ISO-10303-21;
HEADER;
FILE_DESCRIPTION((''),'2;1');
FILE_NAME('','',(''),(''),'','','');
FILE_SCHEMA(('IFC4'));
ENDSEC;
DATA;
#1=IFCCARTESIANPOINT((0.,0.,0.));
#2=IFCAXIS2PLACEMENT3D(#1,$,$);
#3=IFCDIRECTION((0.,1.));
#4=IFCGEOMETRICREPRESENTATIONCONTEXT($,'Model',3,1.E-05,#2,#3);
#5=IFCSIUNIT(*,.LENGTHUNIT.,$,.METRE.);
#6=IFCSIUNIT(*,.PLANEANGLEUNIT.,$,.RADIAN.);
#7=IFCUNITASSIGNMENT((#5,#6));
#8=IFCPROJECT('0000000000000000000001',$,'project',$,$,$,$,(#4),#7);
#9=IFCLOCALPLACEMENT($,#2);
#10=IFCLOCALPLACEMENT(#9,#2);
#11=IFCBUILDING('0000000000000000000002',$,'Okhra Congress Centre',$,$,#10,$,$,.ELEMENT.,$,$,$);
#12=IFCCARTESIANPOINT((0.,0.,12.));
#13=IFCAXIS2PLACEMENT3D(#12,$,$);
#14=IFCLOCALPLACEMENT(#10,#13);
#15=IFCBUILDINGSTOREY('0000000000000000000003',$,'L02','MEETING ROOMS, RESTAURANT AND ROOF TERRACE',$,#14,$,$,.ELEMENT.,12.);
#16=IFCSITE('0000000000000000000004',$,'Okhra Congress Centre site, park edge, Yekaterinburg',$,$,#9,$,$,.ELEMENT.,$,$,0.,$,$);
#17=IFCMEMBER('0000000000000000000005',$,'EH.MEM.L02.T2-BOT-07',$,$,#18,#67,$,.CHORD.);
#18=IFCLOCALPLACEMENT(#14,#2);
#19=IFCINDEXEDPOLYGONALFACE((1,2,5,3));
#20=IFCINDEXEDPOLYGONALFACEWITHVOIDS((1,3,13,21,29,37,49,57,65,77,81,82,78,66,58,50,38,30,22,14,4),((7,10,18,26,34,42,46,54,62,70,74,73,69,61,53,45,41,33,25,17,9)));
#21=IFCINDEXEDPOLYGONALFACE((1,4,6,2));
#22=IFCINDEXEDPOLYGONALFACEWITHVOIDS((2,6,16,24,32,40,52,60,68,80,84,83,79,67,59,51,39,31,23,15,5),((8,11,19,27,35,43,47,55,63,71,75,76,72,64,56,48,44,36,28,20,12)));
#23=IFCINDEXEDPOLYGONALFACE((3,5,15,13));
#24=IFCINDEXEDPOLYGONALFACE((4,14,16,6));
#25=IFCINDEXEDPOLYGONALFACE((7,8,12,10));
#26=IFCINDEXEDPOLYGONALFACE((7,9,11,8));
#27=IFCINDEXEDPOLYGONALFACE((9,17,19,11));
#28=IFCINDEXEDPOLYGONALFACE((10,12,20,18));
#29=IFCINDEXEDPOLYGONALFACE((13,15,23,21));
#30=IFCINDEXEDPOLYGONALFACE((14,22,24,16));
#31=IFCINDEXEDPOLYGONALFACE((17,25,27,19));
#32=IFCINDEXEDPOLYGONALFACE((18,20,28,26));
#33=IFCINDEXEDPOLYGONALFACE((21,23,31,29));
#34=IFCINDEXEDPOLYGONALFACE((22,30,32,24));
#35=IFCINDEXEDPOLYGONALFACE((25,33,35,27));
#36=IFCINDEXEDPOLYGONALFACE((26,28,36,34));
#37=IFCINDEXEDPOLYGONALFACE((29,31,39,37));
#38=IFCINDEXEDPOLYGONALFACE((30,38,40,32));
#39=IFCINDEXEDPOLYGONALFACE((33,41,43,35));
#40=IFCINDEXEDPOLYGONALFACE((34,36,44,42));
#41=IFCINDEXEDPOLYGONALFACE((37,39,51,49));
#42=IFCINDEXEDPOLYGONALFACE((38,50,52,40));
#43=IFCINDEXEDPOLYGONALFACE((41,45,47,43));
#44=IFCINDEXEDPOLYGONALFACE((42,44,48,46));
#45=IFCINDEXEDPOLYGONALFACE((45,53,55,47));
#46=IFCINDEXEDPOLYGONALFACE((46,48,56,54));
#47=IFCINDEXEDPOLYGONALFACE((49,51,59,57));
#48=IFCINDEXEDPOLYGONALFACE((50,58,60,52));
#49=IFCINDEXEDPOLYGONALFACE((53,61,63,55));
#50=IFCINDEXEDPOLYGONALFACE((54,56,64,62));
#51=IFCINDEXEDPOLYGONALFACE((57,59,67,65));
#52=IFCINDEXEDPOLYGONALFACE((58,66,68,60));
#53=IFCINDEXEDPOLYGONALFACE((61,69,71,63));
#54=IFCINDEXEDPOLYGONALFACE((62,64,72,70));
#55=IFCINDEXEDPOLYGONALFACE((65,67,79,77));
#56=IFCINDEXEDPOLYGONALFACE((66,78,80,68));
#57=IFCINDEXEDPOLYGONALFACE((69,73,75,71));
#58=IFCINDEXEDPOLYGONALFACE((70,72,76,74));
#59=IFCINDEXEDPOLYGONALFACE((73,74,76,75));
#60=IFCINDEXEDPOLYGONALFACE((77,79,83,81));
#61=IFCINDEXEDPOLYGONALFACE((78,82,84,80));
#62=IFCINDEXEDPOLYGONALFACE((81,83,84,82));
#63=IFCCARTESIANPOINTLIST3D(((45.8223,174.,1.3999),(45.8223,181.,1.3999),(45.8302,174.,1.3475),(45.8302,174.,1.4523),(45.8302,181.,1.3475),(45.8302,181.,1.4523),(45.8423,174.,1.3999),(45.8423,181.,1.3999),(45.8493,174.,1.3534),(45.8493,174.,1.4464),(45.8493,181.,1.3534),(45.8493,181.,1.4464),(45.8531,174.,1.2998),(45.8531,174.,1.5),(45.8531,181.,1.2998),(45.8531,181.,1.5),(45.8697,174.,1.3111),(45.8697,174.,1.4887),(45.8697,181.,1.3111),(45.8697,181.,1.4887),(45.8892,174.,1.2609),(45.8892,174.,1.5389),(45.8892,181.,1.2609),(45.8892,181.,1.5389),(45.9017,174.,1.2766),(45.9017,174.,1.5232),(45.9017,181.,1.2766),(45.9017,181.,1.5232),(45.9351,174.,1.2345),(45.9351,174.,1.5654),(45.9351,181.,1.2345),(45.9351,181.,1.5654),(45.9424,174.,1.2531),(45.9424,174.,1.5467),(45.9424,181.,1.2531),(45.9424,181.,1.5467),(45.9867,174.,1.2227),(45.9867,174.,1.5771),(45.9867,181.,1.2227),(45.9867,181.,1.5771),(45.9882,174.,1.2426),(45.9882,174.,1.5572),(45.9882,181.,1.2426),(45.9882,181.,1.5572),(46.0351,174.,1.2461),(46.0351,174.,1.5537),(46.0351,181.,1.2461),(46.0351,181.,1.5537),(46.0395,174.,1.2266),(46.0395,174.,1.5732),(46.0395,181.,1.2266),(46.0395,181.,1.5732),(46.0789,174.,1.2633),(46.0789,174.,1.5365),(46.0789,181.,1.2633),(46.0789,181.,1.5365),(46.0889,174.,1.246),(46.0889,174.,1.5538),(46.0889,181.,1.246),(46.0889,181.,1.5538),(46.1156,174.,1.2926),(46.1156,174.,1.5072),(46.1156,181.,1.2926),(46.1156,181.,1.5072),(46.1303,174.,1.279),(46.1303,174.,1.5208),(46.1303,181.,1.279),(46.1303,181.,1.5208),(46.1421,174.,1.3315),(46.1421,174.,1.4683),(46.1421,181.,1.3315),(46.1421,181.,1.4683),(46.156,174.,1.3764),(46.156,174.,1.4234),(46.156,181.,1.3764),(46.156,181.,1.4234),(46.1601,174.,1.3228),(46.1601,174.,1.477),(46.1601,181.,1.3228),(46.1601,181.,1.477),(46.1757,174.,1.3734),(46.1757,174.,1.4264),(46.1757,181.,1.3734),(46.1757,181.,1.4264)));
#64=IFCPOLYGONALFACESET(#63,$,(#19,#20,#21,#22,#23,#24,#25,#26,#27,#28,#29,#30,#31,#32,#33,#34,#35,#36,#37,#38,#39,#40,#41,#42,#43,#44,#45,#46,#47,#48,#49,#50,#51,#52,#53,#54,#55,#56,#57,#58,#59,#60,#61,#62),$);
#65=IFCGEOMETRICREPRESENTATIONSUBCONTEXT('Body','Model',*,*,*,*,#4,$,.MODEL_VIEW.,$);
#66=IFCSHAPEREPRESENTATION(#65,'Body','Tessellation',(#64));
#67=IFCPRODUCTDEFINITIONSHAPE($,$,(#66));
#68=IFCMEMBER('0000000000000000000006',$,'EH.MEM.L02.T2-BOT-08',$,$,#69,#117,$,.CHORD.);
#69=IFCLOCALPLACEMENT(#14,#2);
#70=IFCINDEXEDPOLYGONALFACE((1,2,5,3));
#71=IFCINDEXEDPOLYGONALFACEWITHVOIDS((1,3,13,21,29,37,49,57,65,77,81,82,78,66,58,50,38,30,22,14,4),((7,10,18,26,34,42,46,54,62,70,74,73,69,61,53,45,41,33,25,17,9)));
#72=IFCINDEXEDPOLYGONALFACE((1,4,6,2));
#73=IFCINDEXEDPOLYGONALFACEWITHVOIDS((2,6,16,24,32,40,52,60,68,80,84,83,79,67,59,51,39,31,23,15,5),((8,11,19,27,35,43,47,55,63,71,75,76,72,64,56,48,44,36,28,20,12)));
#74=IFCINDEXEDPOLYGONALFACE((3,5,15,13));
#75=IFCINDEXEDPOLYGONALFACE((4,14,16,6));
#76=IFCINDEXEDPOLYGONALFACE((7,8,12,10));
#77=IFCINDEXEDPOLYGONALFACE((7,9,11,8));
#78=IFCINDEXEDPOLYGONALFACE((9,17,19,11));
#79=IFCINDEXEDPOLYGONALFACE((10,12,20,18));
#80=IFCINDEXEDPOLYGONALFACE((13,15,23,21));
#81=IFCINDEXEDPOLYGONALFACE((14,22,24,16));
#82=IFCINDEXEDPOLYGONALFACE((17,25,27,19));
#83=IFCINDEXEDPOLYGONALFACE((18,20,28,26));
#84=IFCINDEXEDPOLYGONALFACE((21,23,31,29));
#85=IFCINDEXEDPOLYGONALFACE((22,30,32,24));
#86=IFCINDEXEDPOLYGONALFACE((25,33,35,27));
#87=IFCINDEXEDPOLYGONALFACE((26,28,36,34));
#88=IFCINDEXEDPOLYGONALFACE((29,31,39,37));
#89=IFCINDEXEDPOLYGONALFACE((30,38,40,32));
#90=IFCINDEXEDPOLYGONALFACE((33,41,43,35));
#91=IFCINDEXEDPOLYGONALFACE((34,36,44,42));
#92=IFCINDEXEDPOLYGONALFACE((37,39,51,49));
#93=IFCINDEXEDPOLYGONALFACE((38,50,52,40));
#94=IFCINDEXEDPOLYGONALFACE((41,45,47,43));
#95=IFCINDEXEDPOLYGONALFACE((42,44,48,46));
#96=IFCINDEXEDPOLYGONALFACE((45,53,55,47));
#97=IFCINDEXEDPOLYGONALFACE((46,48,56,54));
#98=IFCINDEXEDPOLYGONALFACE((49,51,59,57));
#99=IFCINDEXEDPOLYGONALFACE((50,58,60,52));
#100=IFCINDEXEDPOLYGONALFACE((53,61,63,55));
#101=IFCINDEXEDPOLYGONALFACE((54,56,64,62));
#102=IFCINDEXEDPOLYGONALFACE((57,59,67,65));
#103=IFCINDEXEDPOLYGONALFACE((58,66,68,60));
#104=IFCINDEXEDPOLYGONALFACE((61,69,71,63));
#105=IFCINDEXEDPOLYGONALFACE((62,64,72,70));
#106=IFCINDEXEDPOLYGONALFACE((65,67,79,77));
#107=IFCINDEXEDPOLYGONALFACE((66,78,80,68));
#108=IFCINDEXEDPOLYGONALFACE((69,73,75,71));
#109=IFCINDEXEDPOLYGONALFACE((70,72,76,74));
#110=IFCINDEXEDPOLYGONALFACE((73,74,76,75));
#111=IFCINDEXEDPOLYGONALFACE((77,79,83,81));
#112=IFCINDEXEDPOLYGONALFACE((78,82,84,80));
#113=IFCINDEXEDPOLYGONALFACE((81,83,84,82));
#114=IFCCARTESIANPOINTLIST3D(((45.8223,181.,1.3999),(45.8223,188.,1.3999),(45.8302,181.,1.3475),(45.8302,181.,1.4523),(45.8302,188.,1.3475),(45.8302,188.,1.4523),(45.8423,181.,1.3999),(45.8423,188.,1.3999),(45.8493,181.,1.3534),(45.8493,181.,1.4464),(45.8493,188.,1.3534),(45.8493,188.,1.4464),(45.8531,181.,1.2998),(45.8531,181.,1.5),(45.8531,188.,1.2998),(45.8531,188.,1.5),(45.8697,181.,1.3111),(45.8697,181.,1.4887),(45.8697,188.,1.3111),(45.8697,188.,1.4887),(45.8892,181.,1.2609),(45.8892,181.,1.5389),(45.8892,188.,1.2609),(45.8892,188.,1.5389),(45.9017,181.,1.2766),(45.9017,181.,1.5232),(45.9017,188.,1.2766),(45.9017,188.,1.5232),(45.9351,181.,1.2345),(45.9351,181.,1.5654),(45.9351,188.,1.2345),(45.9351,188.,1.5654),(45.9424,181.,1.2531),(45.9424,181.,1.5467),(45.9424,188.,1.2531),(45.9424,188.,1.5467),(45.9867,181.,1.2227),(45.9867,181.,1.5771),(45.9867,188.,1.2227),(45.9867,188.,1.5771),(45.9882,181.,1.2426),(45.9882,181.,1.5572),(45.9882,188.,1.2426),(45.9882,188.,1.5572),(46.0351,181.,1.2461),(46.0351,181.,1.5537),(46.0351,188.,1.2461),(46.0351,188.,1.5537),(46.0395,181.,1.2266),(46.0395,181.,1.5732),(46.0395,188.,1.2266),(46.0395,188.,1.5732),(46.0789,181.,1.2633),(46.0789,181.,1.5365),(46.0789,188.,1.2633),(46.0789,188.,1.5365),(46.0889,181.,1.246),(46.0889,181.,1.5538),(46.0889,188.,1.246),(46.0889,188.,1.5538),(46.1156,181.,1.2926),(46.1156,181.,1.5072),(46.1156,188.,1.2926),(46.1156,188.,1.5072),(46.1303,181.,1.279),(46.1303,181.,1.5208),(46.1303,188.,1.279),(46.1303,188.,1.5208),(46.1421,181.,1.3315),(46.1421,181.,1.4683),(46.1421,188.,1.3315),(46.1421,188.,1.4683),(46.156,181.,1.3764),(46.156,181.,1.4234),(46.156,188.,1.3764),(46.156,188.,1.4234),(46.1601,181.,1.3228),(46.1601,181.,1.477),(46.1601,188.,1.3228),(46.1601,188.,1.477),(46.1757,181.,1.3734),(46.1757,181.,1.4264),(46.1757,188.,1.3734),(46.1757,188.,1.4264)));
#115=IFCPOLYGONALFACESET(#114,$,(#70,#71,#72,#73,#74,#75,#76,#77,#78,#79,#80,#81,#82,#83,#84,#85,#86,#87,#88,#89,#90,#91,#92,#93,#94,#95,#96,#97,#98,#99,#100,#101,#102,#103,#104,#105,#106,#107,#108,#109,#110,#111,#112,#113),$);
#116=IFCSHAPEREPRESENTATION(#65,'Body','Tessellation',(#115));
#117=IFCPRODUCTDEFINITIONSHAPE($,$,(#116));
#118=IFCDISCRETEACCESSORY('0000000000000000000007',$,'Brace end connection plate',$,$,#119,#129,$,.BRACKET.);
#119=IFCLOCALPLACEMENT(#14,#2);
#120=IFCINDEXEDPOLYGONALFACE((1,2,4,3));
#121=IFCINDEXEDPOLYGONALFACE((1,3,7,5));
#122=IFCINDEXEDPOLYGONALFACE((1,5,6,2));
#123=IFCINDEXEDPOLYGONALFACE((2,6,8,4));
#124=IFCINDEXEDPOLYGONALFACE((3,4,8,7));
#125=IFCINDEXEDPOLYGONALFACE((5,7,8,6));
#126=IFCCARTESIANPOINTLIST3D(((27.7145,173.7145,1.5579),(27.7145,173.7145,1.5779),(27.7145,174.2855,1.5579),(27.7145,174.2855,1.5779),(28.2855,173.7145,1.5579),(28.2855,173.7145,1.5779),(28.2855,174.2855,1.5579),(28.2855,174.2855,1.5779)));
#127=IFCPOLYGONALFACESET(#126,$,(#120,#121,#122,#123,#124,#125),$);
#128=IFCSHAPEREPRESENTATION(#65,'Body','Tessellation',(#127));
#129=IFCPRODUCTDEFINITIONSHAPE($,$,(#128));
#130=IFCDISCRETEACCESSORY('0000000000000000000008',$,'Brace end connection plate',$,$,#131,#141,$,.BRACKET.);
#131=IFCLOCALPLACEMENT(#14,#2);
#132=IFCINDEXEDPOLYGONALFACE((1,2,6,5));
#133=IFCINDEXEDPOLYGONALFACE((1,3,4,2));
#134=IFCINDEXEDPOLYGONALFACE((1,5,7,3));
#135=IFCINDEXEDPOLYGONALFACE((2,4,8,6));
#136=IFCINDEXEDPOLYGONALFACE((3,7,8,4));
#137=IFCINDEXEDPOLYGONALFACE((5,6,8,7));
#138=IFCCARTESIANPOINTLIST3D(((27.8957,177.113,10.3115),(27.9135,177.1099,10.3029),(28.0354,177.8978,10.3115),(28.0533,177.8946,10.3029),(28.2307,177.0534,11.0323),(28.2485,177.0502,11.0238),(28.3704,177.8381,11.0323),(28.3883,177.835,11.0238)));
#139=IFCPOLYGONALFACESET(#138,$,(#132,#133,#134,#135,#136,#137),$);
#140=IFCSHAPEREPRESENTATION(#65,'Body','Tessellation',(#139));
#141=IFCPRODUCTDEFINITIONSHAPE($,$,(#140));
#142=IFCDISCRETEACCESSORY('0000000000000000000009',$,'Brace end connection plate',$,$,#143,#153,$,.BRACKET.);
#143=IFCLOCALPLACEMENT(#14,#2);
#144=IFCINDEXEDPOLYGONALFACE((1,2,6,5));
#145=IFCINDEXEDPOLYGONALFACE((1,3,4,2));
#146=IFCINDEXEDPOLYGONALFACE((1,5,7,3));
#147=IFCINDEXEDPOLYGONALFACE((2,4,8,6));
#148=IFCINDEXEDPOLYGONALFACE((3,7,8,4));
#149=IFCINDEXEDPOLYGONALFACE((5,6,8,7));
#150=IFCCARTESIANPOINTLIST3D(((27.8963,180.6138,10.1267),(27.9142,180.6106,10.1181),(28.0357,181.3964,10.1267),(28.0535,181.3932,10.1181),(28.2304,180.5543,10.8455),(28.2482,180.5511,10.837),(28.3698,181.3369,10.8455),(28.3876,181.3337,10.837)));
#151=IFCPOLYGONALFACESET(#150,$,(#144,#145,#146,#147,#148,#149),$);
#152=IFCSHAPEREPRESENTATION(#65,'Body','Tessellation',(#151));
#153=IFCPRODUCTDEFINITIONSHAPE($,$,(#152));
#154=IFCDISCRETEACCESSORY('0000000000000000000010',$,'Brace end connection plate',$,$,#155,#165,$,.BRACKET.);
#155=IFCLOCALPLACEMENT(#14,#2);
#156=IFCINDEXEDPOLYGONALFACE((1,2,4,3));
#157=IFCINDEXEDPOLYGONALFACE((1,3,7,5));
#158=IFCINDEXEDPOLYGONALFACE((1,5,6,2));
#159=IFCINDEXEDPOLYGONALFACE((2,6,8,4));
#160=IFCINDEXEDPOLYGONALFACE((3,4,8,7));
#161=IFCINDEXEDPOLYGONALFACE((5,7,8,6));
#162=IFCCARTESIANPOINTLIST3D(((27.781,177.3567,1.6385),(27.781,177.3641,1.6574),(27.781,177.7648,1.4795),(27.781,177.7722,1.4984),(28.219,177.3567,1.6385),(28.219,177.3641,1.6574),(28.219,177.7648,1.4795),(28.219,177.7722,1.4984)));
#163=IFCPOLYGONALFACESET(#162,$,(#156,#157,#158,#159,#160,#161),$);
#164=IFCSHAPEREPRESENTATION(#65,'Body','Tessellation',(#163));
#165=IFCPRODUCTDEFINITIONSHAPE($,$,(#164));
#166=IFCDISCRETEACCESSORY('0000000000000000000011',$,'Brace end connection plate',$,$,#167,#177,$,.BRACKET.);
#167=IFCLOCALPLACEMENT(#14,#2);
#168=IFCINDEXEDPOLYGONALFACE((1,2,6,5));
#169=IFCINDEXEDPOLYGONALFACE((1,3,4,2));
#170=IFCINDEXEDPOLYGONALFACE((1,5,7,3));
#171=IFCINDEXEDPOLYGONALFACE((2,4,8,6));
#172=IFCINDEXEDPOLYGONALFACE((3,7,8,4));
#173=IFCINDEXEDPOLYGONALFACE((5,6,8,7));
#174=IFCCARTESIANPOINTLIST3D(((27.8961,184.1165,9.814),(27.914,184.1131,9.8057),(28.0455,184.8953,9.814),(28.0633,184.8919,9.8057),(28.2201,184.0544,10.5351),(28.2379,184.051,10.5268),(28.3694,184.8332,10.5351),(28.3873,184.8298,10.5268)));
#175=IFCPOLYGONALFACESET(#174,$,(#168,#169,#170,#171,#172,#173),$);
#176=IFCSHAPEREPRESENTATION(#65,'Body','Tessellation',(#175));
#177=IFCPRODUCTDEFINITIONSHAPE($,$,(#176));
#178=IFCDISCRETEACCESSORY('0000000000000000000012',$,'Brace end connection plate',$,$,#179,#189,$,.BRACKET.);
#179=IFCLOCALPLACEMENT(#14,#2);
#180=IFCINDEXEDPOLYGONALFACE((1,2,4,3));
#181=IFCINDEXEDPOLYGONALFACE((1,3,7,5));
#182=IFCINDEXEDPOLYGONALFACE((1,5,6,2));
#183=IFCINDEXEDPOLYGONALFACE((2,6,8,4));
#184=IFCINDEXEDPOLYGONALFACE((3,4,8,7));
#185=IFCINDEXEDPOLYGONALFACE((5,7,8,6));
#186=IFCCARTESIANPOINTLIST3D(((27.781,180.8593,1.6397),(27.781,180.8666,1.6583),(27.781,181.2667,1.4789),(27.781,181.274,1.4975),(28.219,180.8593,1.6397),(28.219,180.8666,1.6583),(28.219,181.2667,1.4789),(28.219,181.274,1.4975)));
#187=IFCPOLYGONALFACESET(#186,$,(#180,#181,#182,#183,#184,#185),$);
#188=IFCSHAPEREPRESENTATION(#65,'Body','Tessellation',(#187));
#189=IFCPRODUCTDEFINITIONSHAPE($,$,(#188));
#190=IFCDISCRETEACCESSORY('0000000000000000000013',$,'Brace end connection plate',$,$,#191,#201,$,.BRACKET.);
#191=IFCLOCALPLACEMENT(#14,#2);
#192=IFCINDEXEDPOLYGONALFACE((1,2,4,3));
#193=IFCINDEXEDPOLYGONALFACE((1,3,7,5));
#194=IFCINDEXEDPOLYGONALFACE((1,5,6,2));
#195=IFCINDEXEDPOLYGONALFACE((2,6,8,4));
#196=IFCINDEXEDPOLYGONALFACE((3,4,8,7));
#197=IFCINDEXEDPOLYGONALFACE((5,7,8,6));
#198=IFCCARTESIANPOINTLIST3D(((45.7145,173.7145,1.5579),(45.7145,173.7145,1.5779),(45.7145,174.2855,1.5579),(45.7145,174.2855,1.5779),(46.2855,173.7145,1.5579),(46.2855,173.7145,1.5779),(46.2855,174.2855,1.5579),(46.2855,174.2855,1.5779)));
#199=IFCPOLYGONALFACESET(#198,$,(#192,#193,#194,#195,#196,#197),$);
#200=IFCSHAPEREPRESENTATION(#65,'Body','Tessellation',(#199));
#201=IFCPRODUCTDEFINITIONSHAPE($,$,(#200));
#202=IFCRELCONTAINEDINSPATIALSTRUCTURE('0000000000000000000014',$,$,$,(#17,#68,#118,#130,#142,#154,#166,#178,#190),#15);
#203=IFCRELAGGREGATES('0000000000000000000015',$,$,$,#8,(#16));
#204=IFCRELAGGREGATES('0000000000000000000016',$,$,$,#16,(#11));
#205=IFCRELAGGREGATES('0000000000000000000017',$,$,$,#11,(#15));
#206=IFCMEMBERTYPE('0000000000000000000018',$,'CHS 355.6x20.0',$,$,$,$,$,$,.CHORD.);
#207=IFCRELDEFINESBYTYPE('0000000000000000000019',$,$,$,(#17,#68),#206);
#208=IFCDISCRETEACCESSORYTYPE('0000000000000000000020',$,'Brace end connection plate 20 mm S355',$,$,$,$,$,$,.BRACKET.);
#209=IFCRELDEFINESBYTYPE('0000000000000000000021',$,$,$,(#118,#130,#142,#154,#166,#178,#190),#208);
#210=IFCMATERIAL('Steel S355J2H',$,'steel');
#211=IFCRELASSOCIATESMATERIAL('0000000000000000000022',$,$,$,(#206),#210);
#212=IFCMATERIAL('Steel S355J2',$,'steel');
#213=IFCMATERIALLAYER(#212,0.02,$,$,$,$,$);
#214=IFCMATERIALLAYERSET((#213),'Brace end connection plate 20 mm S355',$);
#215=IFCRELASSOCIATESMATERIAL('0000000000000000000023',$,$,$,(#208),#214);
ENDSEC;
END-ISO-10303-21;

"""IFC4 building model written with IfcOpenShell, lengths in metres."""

from ifc_helpers import new_model, si_unit, direction, frame, origin, origin_2d, place, context, subcontext, project, spatial, rectangle, hollow_circle, extrude, material, layer, layer_set, material_profile, profile_set, type_object, element, save


model = new_model("IFC4")

# Units and contexts
model_context = context("Model", 3, precision=1e-05, world=origin(), true_north=direction((0.0, 1.0)))
body_context = subcontext(model_context, "Body", "Model", "MODEL_VIEW")
ifc_project = project(units=[si_unit("LENGTHUNIT", "METRE"), si_unit("PLANEANGLEUNIT", "RADIAN")], contexts=[model_context])

# Site, building, storey
site_placement = place(None, origin())
site = spatial("IfcSite", under=ifc_project, at=site_placement, Name="Okhra Congress Centre site, park edge, Yekaterinburg", CompositionType="ELEMENT", RefElevation=0.0)
building_placement = place(site_placement, origin())
building = spatial("IfcBuilding", under=site, at=building_placement, Name="Okhra Congress Centre", CompositionType="ELEMENT")
storey_placement = place(building_placement, frame((0.0, 0.0, 12.0)))
storey = spatial("IfcBuildingStorey", under=building, at=storey_placement, Name="L02", Description="MEETING ROOMS, RESTAURANT AND ROOF TERRACE", CompositionType="ELEMENT", Elevation=12.0)

# Shared definitions
ifc_material_1 = material(Name="Steel S355J2", Category="steel")

# Members
ifc_material_2 = material(Name="Steel S355J2H", Category="steel")
ifc_material_profile_1 = material_profile(ifc_material_2, hollow_circle(Radius=0.1777, WallThickness=0.02, at=origin_2d()), Name="CHS 355.6x20.0")
ifc_profile_set_1 = profile_set([ifc_material_profile_1], Name="Steel S355J2H")
member_type_1 = type_object("IfcMemberType", Name="CHS 355.6x20.0", PredefinedType="CHORD", material=ifc_profile_set_1)
for number, where, z_axis, x_axis, name in (
    (1, (46.0, 174.0, 1.3999), (0.0, 1.0, 0.0), (-1.0, 0.0, 0.0), "EH.MEM.L02.T2-BOT-07"),
    (2, (46.0, 181.0, 1.3999), (0.0, 1.0, 0.0), (-1.0, 0.0, 0.0), "EH.MEM.L02.T2-BOT-08"),
):
    element("IfcMember", number, at=place(storey_placement, frame(where, z_axis=z_axis, x_axis=x_axis)), inside=storey, type_object=member_type_1, Name=name, PredefinedType="CHORD", context=body_context, shape_type="SweptSolid", body=[
        extrude(hollow_circle(Radius=0.1777, WallThickness=0.02, at=origin_2d()), origin(), (0.0, 0.0, 1.0), 7.0),
    ])

# Discrete accessories
ifc_layer = layer(ifc_material_1, 0.02)
ifc_layer_set = layer_set([ifc_layer], Name="Brace end connection plate 20 mm S355")
discrete_accessory_type = type_object("IfcDiscreteAccessoryType", Name="Brace end connection plate 20 mm S355", PredefinedType="BRACKET", material=ifc_layer_set)
discrete_accessory_1_placement = place(storey_placement, frame((28.0, 174.0, 1.5779), z_axis=(0.0, 0.0, -1.0), x_axis=(1.0, 0.0, 0.0)))
element("IfcDiscreteAccessory", 3, at=discrete_accessory_1_placement, inside=storey, type_object=discrete_accessory_type, Name="Brace end connection plate", PredefinedType="BRACKET", context=body_context, shape_type="SweptSolid", body=[
    extrude(rectangle(XDim=0.571, YDim=0.571, at=origin_2d()), origin(), (0.0, 0.0, 1.0), 0.02),
])
discrete_accessory_2_placement = place(storey_placement, frame((28.1509, 177.4724, 10.6633), z_axis=(-0.89031, 0.158548, 0.426861), x_axis=(-0.175324, -0.984511, 0.0)))
element("IfcDiscreteAccessory", 4, at=discrete_accessory_2_placement, inside=storey, type_object=discrete_accessory_type, Name="Brace end connection plate", PredefinedType="BRACKET", context=body_context, shape_type="SweptSolid", body=[
    extrude(rectangle(XDim=0.7971, YDim=0.7971, at=origin_2d()), origin(), (0.0, 0.0, 1.0), 0.02),
])
discrete_accessory_3_placement = place(storey_placement, frame((28.1509, 180.9722, 10.4775), z_axis=(-0.89031, 0.158548, 0.426861), x_axis=(-0.175324, -0.984511, 0.0)))
element("IfcDiscreteAccessory", 5, at=discrete_accessory_3_placement, inside=storey, type_object=discrete_accessory_type, Name="Brace end connection plate", PredefinedType="BRACKET", context=body_context, shape_type="SweptSolid", body=[
    extrude(rectangle(XDim=0.7949, YDim=0.7949, at=origin_2d()), origin(), (0.0, 0.0, 1.0), 0.02),
])
discrete_accessory_4_placement = place(storey_placement, frame((28.0, 177.5681, 1.5779), z_axis=(0.0, -0.36303, -0.931777), x_axis=(1.0, 0.0, 0.0)))
element("IfcDiscreteAccessory", 6, at=discrete_accessory_4_placement, inside=storey, type_object=discrete_accessory_type, Name="Brace end connection plate", PredefinedType="BRACKET", context=body_context, shape_type="SweptSolid", body=[
    extrude(rectangle(XDim=0.438, YDim=0.438, at=origin_2d()), origin(), (0.0, 0.0, 1.0), 0.0203),
])
discrete_accessory_5_placement = place(storey_placement, frame((28.1506, 184.4714, 10.1663), z_axis=(-0.893104, 0.17128, 0.415966), x_axis=(-0.188348, -0.982102, 0.0)))
element("IfcDiscreteAccessory", 7, at=discrete_accessory_5_placement, inside=storey, type_object=discrete_accessory_type, Name="Brace end connection plate", PredefinedType="BRACKET", context=body_context, shape_type="SweptSolid", body=[
    extrude(rectangle(XDim=0.793, YDim=0.793, at=origin_2d()), origin(), (0.0, 0.0, 1.0), 0.02),
])
discrete_accessory_6_placement = place(storey_placement, frame((28.0, 181.0703, 1.5779), z_axis=(0.0, -0.367167, -0.930155), x_axis=(1.0, 0.0, 0.0)))
element("IfcDiscreteAccessory", 8, at=discrete_accessory_6_placement, inside=storey, type_object=discrete_accessory_type, Name="Brace end connection plate", PredefinedType="BRACKET", context=body_context, shape_type="SweptSolid", body=[
    extrude(rectangle(XDim=0.438, YDim=0.438, at=origin_2d()), origin(), (0.0, 0.0, 1.0), 0.02),
])
discrete_accessory_7_placement = place(storey_placement, frame((46.0, 174.0, 1.5779), z_axis=(0.0, 0.0, -1.0), x_axis=(1.0, 0.0, 0.0)))
element("IfcDiscreteAccessory", 9, at=discrete_accessory_7_placement, inside=storey, type_object=discrete_accessory_type, Name="Brace end connection plate", PredefinedType="BRACKET", context=body_context, shape_type="SweptSolid", body=[
    extrude(rectangle(XDim=0.571, YDim=0.571, at=origin_2d()), origin(), (0.0, 0.0, 1.0), 0.02),
])

save(model, "model.ifc")
